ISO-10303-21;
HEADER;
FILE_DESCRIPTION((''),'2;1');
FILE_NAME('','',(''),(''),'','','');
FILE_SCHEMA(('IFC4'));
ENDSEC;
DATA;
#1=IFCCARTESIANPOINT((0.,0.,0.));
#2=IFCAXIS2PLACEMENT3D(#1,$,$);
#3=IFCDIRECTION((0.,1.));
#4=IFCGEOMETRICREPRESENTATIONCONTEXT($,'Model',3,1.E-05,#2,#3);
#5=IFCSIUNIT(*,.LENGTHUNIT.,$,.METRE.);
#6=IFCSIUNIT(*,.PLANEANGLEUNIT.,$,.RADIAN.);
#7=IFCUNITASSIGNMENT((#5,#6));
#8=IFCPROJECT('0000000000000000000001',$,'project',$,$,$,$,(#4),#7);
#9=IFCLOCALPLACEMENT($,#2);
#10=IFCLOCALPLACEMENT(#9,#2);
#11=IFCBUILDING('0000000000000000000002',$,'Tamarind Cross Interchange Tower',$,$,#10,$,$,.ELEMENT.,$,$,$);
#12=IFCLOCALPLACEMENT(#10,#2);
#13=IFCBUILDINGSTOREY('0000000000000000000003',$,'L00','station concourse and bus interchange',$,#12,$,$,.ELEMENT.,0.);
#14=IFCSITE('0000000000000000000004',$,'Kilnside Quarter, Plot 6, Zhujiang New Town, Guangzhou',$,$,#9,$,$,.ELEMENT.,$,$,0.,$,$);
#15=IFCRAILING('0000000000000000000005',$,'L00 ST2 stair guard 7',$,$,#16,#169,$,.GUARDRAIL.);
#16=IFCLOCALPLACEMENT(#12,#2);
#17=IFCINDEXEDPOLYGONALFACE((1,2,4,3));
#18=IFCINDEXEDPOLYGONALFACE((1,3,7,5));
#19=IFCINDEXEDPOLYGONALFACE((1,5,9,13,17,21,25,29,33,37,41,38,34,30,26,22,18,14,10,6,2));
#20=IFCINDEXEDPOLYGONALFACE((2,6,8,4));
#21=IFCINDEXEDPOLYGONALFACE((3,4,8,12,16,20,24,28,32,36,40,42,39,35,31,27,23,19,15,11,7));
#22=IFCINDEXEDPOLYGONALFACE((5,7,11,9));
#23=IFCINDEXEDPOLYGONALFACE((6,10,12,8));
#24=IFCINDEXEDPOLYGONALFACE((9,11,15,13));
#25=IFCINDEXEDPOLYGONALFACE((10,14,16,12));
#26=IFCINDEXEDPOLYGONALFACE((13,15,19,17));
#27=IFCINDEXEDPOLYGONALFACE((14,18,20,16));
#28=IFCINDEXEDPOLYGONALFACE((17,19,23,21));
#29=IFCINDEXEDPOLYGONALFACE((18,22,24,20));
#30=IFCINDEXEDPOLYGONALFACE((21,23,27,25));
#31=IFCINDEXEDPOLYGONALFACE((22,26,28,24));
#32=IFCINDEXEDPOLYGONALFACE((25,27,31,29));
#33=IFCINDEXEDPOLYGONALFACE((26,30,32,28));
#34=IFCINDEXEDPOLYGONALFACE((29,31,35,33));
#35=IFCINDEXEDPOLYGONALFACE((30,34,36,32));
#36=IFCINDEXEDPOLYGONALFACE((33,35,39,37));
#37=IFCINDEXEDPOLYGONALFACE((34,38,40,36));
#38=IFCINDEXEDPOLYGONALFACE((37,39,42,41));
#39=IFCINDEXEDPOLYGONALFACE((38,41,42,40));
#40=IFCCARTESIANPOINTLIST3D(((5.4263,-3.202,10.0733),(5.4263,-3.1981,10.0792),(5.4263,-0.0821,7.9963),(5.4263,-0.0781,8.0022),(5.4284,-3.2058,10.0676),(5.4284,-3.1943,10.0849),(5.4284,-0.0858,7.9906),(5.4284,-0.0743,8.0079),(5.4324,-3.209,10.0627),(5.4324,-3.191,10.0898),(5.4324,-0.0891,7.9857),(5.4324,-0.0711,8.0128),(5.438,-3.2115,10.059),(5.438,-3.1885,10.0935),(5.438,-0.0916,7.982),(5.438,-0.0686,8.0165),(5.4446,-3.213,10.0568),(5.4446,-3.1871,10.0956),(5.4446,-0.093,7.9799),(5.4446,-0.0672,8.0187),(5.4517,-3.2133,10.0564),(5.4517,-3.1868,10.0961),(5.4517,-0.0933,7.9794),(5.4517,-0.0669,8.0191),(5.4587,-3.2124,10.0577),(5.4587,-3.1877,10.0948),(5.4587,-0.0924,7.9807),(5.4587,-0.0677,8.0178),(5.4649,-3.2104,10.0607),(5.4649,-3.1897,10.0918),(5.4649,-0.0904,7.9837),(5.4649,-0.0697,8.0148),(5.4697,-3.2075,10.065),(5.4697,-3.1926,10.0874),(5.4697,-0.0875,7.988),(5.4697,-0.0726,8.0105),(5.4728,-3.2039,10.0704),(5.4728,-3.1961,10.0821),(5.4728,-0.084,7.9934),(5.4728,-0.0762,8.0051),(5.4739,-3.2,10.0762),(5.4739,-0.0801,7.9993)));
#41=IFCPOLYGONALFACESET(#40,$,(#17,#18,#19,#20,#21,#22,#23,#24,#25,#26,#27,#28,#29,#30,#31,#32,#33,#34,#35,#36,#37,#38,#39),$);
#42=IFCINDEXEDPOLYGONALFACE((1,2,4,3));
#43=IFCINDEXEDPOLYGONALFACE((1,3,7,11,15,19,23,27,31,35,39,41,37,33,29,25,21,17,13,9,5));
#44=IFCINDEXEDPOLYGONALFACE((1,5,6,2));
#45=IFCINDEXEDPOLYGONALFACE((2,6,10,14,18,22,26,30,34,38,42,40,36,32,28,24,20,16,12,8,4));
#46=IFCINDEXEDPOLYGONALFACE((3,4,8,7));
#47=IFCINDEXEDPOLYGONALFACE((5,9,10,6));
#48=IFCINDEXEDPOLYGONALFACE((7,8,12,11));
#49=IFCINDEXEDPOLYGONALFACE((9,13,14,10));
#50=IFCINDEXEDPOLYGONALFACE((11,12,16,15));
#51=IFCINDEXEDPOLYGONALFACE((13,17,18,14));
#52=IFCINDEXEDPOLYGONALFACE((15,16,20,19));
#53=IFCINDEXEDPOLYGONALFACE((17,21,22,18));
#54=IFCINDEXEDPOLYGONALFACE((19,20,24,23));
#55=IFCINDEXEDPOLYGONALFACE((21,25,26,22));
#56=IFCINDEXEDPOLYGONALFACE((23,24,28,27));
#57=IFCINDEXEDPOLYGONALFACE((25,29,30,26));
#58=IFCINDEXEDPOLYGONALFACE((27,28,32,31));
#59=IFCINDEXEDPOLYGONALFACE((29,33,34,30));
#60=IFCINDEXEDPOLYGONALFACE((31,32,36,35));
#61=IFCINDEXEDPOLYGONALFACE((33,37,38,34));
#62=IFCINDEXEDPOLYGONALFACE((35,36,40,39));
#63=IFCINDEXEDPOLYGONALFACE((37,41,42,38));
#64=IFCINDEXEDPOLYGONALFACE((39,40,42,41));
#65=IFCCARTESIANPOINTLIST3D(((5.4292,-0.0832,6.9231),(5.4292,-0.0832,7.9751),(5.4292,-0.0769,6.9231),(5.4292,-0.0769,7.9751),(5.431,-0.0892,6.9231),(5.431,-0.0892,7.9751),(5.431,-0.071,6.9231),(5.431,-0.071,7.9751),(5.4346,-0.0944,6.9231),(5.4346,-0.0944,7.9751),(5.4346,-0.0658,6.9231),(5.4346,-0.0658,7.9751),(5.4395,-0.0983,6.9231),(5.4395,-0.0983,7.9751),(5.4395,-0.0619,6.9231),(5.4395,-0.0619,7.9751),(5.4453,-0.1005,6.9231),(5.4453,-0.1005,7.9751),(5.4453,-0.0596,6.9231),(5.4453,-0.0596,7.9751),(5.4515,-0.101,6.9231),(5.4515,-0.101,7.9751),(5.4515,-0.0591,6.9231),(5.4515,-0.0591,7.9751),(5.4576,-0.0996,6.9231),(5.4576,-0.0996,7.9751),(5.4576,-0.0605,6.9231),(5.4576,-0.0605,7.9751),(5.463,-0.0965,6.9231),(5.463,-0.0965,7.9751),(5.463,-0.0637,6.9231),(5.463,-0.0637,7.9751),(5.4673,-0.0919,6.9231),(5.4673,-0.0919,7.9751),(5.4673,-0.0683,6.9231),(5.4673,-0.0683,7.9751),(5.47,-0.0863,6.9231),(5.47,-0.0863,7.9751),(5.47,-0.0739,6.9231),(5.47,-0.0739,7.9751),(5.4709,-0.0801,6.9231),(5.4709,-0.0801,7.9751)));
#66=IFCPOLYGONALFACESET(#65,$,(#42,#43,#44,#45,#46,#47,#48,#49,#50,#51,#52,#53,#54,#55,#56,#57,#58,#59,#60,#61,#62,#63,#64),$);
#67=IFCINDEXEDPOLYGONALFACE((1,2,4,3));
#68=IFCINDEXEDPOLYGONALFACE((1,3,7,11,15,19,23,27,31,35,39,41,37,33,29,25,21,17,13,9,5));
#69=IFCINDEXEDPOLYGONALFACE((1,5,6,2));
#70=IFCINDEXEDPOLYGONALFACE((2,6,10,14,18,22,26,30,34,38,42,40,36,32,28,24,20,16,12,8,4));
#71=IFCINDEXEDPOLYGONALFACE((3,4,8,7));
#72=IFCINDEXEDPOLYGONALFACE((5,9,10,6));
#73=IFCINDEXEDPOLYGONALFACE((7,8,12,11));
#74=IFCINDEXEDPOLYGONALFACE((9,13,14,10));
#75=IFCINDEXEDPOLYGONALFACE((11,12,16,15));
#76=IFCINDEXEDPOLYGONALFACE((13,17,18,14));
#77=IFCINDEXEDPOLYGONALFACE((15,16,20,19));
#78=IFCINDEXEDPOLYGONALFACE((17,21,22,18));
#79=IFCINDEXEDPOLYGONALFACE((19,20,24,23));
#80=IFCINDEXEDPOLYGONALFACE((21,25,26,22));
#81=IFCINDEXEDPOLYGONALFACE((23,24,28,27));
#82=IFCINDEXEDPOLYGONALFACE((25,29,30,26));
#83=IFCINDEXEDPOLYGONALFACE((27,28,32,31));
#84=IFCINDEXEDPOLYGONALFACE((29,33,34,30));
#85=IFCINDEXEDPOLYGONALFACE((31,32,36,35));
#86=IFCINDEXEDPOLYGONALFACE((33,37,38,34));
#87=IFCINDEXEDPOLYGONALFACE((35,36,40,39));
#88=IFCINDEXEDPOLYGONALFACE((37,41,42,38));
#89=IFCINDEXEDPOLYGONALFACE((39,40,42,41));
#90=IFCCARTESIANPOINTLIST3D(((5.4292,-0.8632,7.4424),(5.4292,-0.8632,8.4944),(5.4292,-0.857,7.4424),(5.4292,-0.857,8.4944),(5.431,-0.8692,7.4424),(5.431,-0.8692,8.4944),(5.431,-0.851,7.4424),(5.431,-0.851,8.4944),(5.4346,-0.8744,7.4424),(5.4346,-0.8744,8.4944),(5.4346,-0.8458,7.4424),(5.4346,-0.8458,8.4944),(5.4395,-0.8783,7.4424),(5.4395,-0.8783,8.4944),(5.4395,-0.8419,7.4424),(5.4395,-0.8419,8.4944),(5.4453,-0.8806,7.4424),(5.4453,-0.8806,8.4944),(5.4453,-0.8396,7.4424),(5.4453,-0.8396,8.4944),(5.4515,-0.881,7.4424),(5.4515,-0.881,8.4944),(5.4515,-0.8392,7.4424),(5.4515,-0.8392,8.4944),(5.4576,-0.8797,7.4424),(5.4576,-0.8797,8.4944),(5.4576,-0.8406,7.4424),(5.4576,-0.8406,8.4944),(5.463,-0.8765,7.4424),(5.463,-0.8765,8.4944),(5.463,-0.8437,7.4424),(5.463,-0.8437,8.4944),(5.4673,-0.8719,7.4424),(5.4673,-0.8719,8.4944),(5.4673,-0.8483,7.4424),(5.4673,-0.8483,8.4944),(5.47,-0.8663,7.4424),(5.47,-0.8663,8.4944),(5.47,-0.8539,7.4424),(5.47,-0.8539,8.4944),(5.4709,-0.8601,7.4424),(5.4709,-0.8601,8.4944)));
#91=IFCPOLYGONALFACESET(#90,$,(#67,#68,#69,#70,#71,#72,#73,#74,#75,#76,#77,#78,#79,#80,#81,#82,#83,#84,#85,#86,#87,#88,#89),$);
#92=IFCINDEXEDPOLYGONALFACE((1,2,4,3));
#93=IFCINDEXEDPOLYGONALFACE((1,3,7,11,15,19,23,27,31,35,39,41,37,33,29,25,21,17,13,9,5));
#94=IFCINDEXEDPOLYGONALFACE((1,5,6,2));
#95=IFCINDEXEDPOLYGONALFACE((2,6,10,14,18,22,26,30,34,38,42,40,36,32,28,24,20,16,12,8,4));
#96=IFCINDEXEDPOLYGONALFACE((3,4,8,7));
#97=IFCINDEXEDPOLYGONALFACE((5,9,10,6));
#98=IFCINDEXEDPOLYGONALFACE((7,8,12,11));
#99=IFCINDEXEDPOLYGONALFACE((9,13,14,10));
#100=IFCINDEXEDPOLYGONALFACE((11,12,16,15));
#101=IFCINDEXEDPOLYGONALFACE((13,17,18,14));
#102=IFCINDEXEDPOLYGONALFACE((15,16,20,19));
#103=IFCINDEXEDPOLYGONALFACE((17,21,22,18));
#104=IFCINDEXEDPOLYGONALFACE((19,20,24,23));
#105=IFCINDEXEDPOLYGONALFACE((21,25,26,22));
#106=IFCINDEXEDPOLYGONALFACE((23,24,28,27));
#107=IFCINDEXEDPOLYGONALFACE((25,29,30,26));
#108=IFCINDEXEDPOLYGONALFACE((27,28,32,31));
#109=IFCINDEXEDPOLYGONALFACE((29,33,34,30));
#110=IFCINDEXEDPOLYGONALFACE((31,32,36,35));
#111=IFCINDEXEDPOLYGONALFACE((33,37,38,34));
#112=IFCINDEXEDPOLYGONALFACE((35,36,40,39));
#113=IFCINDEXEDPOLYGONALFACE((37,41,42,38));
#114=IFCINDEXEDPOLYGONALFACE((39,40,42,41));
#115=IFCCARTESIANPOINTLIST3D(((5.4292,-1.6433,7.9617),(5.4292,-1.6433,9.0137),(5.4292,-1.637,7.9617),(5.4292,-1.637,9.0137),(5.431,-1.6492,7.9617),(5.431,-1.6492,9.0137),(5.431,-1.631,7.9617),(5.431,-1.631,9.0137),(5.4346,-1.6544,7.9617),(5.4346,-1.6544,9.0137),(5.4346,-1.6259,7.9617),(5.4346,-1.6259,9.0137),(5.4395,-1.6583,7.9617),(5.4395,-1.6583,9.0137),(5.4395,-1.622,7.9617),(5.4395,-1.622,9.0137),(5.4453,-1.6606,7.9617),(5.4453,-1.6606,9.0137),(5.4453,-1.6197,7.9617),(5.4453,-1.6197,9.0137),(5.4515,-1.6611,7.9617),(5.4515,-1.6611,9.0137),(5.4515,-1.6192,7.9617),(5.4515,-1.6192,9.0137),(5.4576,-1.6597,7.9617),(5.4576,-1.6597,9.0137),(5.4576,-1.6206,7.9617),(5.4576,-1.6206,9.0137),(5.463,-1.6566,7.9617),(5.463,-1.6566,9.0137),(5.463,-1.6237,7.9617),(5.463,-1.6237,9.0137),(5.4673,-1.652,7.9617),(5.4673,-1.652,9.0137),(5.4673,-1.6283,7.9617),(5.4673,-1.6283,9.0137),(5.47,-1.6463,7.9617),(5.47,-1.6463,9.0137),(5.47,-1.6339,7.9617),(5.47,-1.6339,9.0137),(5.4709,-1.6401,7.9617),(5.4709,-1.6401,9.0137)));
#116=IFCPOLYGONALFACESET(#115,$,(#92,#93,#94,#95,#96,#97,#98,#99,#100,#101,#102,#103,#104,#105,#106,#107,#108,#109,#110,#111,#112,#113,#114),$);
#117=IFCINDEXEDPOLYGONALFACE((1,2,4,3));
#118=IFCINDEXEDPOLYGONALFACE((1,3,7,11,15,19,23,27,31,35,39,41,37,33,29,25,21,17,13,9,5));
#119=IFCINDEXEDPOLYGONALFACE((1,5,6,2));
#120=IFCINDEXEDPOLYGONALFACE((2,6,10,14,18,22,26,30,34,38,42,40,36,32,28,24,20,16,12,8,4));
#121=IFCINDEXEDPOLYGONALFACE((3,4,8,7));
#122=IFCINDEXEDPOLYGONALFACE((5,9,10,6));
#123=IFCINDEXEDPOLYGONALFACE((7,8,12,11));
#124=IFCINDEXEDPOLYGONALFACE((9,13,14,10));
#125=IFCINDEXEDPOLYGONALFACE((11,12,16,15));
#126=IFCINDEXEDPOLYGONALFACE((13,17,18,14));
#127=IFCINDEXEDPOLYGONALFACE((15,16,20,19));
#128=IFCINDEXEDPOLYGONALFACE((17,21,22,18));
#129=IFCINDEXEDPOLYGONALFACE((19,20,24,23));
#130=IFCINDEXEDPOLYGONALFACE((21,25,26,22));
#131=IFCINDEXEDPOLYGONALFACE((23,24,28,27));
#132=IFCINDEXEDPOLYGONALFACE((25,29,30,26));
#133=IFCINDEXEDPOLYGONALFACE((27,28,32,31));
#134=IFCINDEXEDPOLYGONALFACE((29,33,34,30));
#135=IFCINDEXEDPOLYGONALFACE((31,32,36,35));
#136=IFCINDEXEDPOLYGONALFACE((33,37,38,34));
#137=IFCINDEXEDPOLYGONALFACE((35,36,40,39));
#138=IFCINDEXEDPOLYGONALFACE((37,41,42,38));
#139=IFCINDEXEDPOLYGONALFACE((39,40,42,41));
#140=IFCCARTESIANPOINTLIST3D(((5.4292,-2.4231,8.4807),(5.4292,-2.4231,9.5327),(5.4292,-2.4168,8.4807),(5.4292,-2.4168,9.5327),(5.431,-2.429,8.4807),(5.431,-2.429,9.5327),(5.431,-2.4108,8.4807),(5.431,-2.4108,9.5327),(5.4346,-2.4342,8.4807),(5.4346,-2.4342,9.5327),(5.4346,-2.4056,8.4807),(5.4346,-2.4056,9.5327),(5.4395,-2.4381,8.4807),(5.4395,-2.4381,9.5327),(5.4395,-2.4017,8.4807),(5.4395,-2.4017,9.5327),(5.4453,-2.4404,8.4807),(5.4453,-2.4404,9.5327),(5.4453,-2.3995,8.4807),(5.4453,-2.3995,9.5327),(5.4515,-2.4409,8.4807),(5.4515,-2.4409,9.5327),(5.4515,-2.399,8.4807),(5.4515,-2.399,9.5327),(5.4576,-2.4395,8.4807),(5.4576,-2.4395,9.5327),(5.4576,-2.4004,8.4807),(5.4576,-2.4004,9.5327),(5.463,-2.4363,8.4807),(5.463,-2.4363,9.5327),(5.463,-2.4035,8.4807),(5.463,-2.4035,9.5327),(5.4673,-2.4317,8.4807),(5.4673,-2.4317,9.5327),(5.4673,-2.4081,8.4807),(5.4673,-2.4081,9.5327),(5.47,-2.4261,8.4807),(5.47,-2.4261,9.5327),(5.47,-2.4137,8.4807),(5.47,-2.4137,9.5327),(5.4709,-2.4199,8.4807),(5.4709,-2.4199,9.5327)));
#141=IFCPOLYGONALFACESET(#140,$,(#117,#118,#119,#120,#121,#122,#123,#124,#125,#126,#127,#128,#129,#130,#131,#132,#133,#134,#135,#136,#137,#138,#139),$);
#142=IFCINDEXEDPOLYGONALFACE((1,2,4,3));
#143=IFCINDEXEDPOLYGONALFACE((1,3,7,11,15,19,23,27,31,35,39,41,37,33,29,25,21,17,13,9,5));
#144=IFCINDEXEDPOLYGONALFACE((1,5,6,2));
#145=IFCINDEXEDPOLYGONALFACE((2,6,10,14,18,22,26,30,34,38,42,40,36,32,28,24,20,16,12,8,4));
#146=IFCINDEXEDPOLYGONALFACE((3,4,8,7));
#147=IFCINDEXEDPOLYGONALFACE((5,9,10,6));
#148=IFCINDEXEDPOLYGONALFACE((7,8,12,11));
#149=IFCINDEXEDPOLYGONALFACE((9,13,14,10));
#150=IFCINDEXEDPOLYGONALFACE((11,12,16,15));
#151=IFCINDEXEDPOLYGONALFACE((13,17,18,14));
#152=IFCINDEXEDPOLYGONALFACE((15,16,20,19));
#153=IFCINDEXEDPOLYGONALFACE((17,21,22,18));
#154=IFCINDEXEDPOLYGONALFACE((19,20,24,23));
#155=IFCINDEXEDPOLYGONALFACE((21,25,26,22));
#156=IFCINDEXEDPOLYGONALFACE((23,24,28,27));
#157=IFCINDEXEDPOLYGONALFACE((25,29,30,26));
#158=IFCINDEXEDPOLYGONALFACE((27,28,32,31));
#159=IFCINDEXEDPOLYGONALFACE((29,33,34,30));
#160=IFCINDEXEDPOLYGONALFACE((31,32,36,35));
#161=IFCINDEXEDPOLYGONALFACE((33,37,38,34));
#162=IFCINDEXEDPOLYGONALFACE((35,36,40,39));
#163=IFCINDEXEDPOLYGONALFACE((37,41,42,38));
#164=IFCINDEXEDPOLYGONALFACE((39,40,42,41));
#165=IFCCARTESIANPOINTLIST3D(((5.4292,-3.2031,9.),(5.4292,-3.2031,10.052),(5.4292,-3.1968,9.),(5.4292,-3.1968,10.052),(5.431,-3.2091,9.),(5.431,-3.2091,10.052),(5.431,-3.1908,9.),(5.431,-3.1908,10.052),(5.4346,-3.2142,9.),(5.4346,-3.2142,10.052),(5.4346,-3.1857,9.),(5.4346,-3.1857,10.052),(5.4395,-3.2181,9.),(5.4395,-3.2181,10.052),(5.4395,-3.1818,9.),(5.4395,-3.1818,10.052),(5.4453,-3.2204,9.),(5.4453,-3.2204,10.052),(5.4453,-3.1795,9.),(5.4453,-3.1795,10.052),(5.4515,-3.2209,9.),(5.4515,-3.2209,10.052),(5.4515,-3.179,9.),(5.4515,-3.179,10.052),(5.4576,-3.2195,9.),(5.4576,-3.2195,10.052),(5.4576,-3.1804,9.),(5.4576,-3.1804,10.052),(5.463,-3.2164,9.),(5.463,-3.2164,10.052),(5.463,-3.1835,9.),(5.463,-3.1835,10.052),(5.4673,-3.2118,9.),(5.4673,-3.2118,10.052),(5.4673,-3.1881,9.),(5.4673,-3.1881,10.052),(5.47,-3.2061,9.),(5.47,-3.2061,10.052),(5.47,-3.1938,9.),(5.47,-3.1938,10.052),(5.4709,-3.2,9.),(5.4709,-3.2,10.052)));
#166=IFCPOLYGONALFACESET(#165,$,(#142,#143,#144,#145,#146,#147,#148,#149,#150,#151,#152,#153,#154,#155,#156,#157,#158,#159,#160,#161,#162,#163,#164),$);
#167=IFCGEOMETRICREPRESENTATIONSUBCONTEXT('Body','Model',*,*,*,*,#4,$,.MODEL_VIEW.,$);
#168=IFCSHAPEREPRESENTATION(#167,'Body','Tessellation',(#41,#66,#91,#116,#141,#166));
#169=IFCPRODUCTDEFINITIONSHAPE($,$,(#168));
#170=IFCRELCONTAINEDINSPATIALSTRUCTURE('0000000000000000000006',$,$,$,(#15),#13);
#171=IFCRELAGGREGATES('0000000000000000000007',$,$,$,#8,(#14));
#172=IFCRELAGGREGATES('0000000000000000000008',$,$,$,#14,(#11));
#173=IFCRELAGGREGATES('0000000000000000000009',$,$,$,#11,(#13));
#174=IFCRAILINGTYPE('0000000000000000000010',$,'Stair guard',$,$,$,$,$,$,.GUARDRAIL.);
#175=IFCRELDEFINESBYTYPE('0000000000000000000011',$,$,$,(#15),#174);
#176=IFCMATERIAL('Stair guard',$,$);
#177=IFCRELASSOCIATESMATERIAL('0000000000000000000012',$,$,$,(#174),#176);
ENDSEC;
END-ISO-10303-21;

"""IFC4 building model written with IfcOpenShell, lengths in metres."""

from ifc_helpers import new_model, si_unit, direction, frame, origin, origin_2d, place, context, subcontext, project, spatial, circle, extrude, material, type_object, element, save


model = new_model("IFC4")

# Units and contexts
model_context = context("Model", 3, precision=1e-05, world=origin(), true_north=direction((0.0, 1.0)))
body_context = subcontext(model_context, "Body", "Model", "MODEL_VIEW")
ifc_project = project(units=[si_unit("LENGTHUNIT", "METRE"), si_unit("PLANEANGLEUNIT", "RADIAN")], contexts=[model_context])

# Site, building, storey
site_placement = place(None, origin())
site = spatial("IfcSite", under=ifc_project, at=site_placement, Name="Kilnside Quarter, Plot 6, Zhujiang New Town, Guangzhou", CompositionType="ELEMENT", RefElevation=0.0)
building_placement = place(site_placement, origin())
building = spatial("IfcBuilding", under=site, at=building_placement, Name="Tamarind Cross Interchange Tower", CompositionType="ELEMENT")
storey_placement = place(building_placement, origin())
storey = spatial("IfcBuildingStorey", under=building, at=storey_placement, Name="L00", Description="station concourse and bus interchange", CompositionType="ELEMENT", Elevation=0.0)

# Railing
ifc_material_1 = material(Name="Stair guard")
railing_type_1 = type_object("IfcRailingType", Name="Stair guard", PredefinedType="GUARDRAIL", material=ifc_material_1)
railing_1_placement = place(storey_placement, frame((5.45, -0.0801, 6.9231)))
element("IfcRailing", 1, at=railing_1_placement, inside=storey, type_object=railing_type_1, Name="L00 ST2 stair guard 7", PredefinedType="GUARDRAIL", context=body_context, shape_type="SweptSolid", body=[
    extrude(circle(Radius=0.0239, at=origin_2d()), frame((0.0, 0.0, 1.0762), z_axis=(0.0, -0.832421, 0.554144), x_axis=(1.0, 0.0, 0.0)), (0.0, 0.0, 1.0), 3.748),
    extrude(circle(Radius=0.021, at=origin_2d()), origin(), (0.0, 0.0, 1.0), 1.052),
    extrude(circle(Radius=0.021, at=origin_2d()), frame((0.0, -0.78, 0.5193)), (0.0, 0.0, 1.0), 1.052),
    extrude(circle(Radius=0.021, at=origin_2d()), frame((0.0, -1.5601, 1.0386)), (0.0, 0.0, 1.0), 1.052),
    extrude(circle(Radius=0.021, at=origin_2d()), frame((0.0, -2.3398, 1.5576)), (0.0, 0.0, 1.0), 1.052),
    extrude(circle(Radius=0.021, at=origin_2d()), frame((0.0, -3.1199, 2.0769)), (0.0, 0.0, 1.0), 1.052),
])

save(model, "model.ifc")
